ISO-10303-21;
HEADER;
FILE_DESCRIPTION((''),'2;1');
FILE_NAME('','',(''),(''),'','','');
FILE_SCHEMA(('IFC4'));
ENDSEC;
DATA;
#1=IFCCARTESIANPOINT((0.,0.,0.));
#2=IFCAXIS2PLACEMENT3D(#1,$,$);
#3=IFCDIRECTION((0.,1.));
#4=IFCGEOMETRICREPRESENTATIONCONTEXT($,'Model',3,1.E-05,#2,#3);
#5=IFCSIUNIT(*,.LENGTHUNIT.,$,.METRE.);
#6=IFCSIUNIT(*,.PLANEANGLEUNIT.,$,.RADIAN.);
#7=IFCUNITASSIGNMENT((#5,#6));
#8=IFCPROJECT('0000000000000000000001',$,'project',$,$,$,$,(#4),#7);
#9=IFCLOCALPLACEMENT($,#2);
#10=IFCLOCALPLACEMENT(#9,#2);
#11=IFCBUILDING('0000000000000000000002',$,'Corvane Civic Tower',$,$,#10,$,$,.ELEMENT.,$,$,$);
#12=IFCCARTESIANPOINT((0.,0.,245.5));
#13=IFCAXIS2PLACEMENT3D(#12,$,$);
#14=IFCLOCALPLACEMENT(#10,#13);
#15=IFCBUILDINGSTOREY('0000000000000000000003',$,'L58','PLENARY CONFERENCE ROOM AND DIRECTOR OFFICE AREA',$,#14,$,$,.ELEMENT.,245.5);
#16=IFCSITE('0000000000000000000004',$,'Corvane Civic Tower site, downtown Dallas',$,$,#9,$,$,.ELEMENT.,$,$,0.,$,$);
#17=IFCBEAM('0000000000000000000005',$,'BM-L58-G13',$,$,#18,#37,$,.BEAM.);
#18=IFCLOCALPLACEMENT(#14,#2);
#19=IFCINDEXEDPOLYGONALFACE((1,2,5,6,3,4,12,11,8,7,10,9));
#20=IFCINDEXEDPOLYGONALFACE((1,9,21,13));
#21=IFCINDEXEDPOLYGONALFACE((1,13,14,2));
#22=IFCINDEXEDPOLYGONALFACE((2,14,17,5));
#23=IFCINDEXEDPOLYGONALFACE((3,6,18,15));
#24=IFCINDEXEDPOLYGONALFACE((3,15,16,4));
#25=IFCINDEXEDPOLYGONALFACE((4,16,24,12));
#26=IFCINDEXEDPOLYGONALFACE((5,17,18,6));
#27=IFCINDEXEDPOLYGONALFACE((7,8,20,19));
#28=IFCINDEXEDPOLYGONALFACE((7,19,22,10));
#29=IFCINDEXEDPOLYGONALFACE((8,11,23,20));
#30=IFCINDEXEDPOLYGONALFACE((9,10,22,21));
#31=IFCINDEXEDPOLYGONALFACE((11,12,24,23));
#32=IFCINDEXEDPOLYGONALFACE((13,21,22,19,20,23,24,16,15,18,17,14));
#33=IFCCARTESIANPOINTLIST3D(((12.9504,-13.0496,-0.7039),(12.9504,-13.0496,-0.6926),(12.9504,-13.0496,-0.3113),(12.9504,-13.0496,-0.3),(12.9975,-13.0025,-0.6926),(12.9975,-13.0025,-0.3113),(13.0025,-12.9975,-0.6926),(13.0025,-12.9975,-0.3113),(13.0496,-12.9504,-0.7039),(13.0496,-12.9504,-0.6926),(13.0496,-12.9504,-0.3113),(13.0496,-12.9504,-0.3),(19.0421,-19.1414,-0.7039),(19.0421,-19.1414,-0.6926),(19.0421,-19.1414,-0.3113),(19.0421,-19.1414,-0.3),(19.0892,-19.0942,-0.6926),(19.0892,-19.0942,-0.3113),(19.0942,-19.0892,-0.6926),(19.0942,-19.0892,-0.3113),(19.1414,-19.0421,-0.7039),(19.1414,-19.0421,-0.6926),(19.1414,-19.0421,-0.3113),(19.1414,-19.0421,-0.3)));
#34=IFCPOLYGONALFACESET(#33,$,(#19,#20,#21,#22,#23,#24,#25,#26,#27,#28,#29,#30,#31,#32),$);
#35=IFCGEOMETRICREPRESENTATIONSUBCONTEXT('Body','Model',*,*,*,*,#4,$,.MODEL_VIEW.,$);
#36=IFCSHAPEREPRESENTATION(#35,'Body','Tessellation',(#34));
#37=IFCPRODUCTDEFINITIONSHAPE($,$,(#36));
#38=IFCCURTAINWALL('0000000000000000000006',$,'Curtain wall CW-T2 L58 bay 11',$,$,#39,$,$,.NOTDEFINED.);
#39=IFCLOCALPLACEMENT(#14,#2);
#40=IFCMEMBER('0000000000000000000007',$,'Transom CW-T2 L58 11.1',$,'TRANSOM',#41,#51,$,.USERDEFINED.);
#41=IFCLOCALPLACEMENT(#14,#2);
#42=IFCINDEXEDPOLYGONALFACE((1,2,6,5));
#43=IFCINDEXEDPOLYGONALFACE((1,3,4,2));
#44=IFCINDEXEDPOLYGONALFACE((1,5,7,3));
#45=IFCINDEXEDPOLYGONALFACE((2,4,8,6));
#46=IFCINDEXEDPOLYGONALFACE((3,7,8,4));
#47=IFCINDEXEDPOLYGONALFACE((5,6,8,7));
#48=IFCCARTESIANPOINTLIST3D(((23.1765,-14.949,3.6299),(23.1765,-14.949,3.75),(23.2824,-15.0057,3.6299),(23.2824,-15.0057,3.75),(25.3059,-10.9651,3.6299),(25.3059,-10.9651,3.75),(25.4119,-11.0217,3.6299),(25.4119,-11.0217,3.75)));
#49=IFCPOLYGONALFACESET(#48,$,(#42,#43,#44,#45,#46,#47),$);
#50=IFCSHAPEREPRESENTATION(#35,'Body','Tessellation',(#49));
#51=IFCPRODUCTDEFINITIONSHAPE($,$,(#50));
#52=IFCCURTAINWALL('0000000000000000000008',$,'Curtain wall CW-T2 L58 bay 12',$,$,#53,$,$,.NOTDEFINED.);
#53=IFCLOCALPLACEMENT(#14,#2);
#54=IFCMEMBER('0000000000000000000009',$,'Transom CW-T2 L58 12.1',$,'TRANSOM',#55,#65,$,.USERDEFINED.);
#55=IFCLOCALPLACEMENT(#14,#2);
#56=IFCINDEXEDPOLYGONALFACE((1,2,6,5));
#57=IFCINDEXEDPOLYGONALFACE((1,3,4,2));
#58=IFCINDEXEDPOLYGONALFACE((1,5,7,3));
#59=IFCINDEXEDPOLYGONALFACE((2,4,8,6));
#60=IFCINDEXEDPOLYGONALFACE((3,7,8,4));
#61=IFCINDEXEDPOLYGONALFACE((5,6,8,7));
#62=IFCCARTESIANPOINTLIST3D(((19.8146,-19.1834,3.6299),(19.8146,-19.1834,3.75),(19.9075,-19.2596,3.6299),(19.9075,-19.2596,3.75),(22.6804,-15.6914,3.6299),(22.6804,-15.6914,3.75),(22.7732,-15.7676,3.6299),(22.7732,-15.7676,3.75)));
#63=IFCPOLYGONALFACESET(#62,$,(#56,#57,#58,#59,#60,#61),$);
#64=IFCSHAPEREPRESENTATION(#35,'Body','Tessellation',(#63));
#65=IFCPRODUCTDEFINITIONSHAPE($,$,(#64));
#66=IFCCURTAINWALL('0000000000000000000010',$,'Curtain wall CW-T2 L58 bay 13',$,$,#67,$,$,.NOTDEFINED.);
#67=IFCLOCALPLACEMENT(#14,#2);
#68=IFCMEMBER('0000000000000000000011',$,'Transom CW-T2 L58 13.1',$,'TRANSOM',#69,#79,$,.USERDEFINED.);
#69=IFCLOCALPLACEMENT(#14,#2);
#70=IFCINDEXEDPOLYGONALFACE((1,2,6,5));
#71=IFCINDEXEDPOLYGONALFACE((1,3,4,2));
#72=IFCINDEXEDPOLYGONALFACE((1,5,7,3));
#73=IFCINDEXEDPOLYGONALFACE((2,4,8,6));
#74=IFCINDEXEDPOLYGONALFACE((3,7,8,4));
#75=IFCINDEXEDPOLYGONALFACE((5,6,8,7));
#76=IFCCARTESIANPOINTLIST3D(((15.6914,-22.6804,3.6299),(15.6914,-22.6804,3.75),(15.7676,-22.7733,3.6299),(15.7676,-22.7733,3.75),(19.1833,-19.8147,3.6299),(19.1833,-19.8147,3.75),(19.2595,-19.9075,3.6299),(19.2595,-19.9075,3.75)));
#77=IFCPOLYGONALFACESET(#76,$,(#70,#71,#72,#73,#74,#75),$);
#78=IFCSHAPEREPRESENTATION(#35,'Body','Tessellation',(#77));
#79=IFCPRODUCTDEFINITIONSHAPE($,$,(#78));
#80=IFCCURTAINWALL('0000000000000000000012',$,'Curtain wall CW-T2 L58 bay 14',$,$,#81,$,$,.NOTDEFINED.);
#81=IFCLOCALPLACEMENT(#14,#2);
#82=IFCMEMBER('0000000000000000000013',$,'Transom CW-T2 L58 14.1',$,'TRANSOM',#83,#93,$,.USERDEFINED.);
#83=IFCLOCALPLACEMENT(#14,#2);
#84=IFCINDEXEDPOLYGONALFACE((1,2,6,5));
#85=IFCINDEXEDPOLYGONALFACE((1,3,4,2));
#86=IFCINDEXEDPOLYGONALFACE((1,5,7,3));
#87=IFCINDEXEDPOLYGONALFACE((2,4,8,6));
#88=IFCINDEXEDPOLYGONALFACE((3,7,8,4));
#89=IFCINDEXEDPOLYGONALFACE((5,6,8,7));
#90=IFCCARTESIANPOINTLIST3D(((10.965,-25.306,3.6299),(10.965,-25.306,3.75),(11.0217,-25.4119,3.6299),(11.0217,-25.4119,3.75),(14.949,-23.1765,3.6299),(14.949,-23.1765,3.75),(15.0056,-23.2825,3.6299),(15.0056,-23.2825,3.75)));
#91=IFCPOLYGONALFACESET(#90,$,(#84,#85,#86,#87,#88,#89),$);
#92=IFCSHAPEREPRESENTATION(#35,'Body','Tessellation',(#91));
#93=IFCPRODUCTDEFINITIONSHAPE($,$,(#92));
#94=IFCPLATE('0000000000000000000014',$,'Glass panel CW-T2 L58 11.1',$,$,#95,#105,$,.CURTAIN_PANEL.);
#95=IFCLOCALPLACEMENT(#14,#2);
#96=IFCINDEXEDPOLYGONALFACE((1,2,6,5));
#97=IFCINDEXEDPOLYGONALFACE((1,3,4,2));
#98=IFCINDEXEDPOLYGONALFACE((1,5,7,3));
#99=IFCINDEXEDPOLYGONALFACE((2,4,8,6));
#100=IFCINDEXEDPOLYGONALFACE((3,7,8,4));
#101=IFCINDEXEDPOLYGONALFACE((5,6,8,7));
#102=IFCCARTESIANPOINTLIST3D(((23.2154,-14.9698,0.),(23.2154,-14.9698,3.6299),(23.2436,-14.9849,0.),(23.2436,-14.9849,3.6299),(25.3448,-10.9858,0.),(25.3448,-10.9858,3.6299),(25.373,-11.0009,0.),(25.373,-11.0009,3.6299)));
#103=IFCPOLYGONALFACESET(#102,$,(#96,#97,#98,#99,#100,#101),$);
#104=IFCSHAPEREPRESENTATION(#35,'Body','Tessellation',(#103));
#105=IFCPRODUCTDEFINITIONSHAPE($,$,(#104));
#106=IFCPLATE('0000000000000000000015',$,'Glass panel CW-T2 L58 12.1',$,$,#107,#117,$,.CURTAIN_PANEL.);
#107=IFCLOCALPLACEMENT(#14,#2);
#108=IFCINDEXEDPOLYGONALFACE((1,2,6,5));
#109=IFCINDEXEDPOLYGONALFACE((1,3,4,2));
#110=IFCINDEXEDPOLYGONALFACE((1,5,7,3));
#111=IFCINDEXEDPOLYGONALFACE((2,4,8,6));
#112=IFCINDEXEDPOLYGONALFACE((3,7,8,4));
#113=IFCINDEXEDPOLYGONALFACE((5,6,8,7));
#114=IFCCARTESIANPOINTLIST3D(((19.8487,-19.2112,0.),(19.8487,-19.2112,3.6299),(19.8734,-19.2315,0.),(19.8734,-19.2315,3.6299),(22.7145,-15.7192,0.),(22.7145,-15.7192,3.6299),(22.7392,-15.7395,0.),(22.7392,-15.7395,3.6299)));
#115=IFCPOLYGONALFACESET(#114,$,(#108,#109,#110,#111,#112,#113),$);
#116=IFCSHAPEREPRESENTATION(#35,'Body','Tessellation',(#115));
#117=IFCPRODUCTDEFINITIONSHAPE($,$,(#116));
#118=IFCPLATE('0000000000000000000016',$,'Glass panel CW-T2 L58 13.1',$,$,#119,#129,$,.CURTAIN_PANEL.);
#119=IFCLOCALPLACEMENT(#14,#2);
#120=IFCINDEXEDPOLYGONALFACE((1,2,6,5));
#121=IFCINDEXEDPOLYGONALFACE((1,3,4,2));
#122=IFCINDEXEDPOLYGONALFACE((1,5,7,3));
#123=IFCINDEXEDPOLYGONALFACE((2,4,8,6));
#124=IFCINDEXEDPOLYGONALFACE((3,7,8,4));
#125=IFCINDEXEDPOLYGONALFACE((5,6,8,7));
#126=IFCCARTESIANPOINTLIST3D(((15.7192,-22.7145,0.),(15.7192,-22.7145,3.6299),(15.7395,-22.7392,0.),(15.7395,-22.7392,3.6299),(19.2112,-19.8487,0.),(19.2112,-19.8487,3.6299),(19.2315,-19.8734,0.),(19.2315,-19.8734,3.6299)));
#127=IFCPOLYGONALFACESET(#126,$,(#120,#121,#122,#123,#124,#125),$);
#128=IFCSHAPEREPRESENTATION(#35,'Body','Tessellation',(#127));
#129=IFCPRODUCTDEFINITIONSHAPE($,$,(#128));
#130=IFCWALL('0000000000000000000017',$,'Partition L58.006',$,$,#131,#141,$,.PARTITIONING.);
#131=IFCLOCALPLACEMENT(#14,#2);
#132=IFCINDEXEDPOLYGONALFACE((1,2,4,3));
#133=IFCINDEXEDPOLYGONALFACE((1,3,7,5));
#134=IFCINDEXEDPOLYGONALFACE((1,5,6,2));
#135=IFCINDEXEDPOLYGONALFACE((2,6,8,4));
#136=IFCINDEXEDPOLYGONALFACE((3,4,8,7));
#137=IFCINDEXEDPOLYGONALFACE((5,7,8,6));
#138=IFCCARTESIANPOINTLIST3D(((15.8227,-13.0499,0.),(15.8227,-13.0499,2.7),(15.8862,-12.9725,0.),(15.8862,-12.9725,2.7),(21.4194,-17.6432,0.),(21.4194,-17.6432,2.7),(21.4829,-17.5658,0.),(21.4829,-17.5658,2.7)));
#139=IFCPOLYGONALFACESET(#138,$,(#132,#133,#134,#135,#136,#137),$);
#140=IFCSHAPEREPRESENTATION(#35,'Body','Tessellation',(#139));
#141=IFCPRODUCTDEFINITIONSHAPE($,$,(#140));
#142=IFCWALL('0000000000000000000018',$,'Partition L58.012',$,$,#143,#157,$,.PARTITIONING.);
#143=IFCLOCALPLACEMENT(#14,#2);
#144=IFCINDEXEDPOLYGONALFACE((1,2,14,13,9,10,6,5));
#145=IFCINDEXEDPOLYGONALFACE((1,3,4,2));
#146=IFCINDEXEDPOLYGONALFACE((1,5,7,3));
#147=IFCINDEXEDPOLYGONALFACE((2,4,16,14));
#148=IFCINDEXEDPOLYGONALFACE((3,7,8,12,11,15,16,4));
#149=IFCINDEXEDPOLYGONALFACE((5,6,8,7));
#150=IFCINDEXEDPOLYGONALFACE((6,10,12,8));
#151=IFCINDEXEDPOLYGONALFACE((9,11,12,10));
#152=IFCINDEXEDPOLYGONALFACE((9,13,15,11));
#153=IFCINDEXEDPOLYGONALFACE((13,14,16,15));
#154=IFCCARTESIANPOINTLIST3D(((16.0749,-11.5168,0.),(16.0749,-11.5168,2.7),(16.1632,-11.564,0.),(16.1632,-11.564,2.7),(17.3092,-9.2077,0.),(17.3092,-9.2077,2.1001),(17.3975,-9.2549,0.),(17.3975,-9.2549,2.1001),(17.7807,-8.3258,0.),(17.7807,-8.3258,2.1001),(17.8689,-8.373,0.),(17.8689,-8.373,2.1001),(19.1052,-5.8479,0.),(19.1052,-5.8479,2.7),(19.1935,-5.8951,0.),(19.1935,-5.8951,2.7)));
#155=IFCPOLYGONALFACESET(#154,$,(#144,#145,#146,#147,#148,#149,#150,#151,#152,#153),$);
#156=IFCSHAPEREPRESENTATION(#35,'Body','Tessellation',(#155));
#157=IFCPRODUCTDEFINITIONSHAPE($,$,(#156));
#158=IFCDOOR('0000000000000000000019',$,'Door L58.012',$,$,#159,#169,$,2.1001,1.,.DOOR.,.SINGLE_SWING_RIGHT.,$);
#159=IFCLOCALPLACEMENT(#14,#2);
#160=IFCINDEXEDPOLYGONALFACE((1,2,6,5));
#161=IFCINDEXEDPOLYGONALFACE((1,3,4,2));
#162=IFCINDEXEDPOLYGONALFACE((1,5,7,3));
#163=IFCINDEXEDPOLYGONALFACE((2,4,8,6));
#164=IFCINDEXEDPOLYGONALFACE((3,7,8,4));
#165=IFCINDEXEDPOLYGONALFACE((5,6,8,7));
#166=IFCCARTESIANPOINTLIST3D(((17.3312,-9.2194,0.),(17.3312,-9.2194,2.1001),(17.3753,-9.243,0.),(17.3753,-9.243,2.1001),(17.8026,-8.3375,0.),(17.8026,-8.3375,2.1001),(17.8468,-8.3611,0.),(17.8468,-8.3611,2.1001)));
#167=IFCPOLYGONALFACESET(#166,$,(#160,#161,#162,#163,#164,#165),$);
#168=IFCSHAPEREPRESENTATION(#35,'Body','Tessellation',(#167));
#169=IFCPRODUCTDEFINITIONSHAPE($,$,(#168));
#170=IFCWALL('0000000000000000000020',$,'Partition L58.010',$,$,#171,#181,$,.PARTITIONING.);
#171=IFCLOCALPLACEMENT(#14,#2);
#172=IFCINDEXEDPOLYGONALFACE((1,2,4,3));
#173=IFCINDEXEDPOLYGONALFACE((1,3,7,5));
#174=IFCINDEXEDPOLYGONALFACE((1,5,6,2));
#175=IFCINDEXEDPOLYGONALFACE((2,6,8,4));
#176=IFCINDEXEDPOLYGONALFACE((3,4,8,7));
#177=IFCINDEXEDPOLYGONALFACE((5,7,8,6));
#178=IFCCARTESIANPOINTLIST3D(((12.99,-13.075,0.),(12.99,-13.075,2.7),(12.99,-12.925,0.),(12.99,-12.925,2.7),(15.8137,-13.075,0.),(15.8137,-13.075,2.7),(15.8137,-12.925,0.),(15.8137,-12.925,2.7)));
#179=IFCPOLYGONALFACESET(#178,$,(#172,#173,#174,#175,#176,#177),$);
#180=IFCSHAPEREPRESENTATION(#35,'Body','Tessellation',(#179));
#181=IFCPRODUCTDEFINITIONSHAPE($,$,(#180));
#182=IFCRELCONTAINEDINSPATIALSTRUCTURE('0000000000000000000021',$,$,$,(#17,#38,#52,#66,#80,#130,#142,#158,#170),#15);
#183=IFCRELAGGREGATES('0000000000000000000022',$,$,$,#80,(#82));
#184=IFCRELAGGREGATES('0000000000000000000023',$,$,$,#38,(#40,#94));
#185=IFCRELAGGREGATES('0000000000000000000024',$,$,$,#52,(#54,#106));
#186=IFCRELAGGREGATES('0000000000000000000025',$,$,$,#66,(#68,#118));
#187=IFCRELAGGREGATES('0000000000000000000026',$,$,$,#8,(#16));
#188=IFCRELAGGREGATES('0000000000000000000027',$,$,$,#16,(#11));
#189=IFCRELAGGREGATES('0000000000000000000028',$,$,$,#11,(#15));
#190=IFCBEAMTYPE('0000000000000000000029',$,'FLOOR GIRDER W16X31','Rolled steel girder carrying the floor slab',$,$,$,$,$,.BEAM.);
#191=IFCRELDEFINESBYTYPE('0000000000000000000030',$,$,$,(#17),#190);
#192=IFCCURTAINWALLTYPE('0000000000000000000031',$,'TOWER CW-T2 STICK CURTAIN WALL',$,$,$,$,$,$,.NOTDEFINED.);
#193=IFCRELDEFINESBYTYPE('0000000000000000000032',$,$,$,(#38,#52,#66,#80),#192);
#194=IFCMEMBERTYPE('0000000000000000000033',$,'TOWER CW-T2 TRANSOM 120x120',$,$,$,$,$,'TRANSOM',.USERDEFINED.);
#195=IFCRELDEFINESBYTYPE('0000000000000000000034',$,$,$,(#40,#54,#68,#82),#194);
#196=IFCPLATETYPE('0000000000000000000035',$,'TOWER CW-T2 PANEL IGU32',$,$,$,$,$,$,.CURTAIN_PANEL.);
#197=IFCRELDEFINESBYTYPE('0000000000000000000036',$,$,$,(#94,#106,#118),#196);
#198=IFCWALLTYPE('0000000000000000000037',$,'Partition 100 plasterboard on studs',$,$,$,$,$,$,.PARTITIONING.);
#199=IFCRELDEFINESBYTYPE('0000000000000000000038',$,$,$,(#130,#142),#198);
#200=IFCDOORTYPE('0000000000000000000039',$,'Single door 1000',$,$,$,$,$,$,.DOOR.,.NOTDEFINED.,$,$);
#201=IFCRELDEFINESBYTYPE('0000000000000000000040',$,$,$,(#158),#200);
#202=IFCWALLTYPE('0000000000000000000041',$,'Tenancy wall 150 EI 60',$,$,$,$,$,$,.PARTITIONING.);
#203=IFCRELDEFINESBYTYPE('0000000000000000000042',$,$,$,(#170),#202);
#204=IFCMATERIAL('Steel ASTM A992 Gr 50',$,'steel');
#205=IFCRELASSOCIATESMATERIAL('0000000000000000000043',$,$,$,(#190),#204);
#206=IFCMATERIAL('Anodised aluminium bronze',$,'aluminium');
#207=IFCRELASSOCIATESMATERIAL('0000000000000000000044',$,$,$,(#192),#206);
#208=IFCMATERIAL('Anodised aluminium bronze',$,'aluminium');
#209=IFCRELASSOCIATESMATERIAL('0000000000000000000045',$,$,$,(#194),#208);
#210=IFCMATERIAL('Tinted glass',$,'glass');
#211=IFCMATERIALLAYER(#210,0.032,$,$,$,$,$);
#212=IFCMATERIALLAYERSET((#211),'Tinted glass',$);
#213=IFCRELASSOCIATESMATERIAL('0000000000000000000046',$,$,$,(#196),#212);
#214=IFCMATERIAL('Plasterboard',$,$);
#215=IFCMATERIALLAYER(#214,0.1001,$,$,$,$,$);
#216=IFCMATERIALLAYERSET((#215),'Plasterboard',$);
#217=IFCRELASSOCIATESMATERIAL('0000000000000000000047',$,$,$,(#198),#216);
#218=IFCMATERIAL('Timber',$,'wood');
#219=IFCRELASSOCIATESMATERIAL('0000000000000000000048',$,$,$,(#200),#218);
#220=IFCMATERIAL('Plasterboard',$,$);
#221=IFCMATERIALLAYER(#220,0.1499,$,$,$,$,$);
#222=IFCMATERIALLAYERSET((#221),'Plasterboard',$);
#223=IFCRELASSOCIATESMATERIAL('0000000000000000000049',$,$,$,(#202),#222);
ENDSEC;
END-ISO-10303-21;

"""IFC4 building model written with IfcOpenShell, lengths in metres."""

from ifc_helpers import new_model, si_unit, direction, frame, frame_2d, origin, origin_2d, place, context, subcontext, project, spatial, rectangle, i_section, extrude, material, layer, layer_set, material_profile, profile_set, type_object, element, fill, aggregate, save


model = new_model("IFC4")

# Units and contexts
model_context = context("Model", 3, precision=1e-05, world=origin(), true_north=direction((0.0, 1.0)))
body_context = subcontext(model_context, "Body", "Model", "MODEL_VIEW")
ifc_project = project(units=[si_unit("LENGTHUNIT", "METRE"), si_unit("PLANEANGLEUNIT", "RADIAN")], contexts=[model_context])

# Site, building, storey
site_placement = place(None, origin())
site = spatial("IfcSite", under=ifc_project, at=site_placement, Name="Corvane Civic Tower site, downtown Dallas", CompositionType="ELEMENT", RefElevation=0.0)
building_placement = place(site_placement, origin())
building = spatial("IfcBuilding", under=site, at=building_placement, Name="Corvane Civic Tower", CompositionType="ELEMENT")
storey_placement = place(building_placement, frame((0.0, 0.0, 245.5)))
storey = spatial("IfcBuildingStorey", under=building, at=storey_placement, Name="L58", Description="PLENARY CONFERENCE ROOM AND DIRECTOR OFFICE AREA", CompositionType="ELEMENT", Elevation=245.5)

# Beam
ifc_material_1 = material(Name="Steel ASTM A992 Gr 50", Category="steel")
ifc_material_profile_1 = material_profile(ifc_material_1, i_section(OverallWidth=0.1404, OverallDepth=0.4038, WebThickness=0.0071, FlangeThickness=0.0112, at=origin_2d()), Name="W16X31")
ifc_profile_set_1 = profile_set([ifc_material_profile_1], Name="Steel ASTM A992 Gr 50")
beam_type_1 = type_object("IfcBeamType", Name="FLOOR GIRDER W16X31", Description="Rolled steel girder carrying the floor slab", PredefinedType="BEAM", material=ifc_profile_set_1)
beam_placement = place(storey_placement, frame((13.0, -13.0, -0.502), z_axis=(0.707107, -0.707107, 0.0), x_axis=(0.707107, 0.707107, 0.0)))
element("IfcBeam", 1, at=beam_placement, inside=storey, type_object=beam_type_1, Name="BM-L58-G13", PredefinedType="BEAM", context=body_context, shape_type="SweptSolid", body=[
    extrude(i_section(OverallWidth=0.1404, OverallDepth=0.4038, WebThickness=0.0071, FlangeThickness=0.0112, at=origin_2d()), origin(), (0.0, 0.0, 1.0), 8.615),
])

# Curtain walls, members
ifc_material_2 = material(Name="Anodised aluminium bronze", Category="aluminium")
curtain_wall_type = type_object("IfcCurtainWallType", Name="TOWER CW-T2 STICK CURTAIN WALL", PredefinedType="NOTDEFINED", material=ifc_material_2)
curtain_wall_1_placement = place(storey_placement, origin())
curtain_wall_1 = element("IfcCurtainWall", 2, at=curtain_wall_1_placement, inside=storey, type_object=curtain_wall_type, Name="Curtain wall CW-T2 L58 bay 11", PredefinedType="NOTDEFINED")
ifc_material_3 = material(Name="Anodised aluminium bronze", Category="aluminium")
ifc_material_profile_2 = material_profile(ifc_material_3, rectangle(XDim=0.1201, YDim=0.1201, at=origin_2d()), Name="TOWER CW-T2 TRANSOM 120x120")
ifc_profile_set_2 = profile_set([ifc_material_profile_2], Name="Anodised aluminium bronze")
member_type = type_object("IfcMemberType", Name="TOWER CW-T2 TRANSOM 120x120", ElementType="TRANSOM", PredefinedType="USERDEFINED", material=ifc_profile_set_2)
member_1_placement = place(storey_placement, frame((25.3589, -10.9934, 3.6899), z_axis=(-0.47139, -0.881925, 0.0), x_axis=(0.881925, -0.47139, 0.0)))
member_1 = element("IfcMember", 3, at=member_1_placement, type_object=member_type, Name="Transom CW-T2 L58 11.1", ObjectType="TRANSOM", PredefinedType="USERDEFINED", context=body_context, shape_type="SweptSolid", body=[
    extrude(rectangle(XDim=0.1201, YDim=0.1201, at=origin_2d()), origin(), (0.0, 0.0, 1.0), 4.5173),
])
curtain_wall_2_placement = place(storey_placement, origin())
curtain_wall_2 = element("IfcCurtainWall", 4, at=curtain_wall_2_placement, inside=storey, type_object=curtain_wall_type, Name="Curtain wall CW-T2 L58 bay 12", PredefinedType="NOTDEFINED")
member_2_placement = place(storey_placement, frame((22.7268, -15.7295, 3.6899), z_axis=(-0.634388, -0.773015, 0.0), x_axis=(0.773015, -0.634388, 0.0)))
member_2 = element("IfcMember", 5, at=member_2_placement, type_object=member_type, Name="Transom CW-T2 L58 12.1", ObjectType="TRANSOM", PredefinedType="USERDEFINED", context=body_context, shape_type="SweptSolid", body=[
    extrude(rectangle(XDim=0.1201, YDim=0.1201, at=origin_2d()), origin(), (0.0, 0.0, 1.0), 4.5173),
])
curtain_wall_3_placement = place(storey_placement, origin())
curtain_wall_3 = element("IfcCurtainWall", 6, at=curtain_wall_3_placement, inside=storey, type_object=curtain_wall_type, Name="Curtain wall CW-T2 L58 bay 13", PredefinedType="NOTDEFINED")
member_3_placement = place(storey_placement, frame((19.2214, -19.8611, 3.6899), z_axis=(-0.773015, -0.634388, 0.0), x_axis=(0.634388, -0.773015, 0.0)))
member_3 = element("IfcMember", 7, at=member_3_placement, type_object=member_type, Name="Transom CW-T2 L58 13.1", ObjectType="TRANSOM", PredefinedType="USERDEFINED", context=body_context, shape_type="SweptSolid", body=[
    extrude(rectangle(XDim=0.1201, YDim=0.1201, at=origin_2d()), origin(), (0.0, 0.0, 1.0), 4.5173),
])
curtain_wall_4_placement = place(storey_placement, origin())
curtain_wall_4 = element("IfcCurtainWall", 8, at=curtain_wall_4_placement, inside=storey, type_object=curtain_wall_type, Name="Curtain wall CW-T2 L58 bay 14", PredefinedType="NOTDEFINED")
member_4_placement = place(storey_placement, frame((14.9773, -23.2295, 3.6899), z_axis=(-0.881925, -0.47139, 0.0), x_axis=(0.47139, -0.881925, 0.0)))
member_4 = element("IfcMember", 9, at=member_4_placement, type_object=member_type, Name="Transom CW-T2 L58 14.1", ObjectType="TRANSOM", PredefinedType="USERDEFINED", context=body_context, shape_type="SweptSolid", body=[
    extrude(rectangle(XDim=0.1201, YDim=0.1201, at=origin_2d()), origin(), (0.0, 0.0, 1.0), 4.5173),
])
aggregate(curtain_wall_4, [member_4])

# Plates
ifc_material_4 = material(Name="Tinted glass", Category="glass")
ifc_layer_1 = layer(ifc_material_4, 0.032)
ifc_layer_set_1 = layer_set([ifc_layer_1], Name="Tinted glass")
plate_type = type_object("IfcPlateType", Name="TOWER CW-T2 PANEL IGU32", PredefinedType="CURTAIN_PANEL", material=ifc_layer_set_1)
plate_1_placement = place(storey_placement, frame((24.2942, -12.9854, 0.0), z_axis=(0.0, 0.0, 1.0), x_axis=(-0.471398, -0.88192, 0.0)))
plate_1 = element("IfcPlate", 10, at=plate_1_placement, type_object=plate_type, Name="Glass panel CW-T2 L58 11.1", PredefinedType="CURTAIN_PANEL", context=body_context, shape_type="SweptSolid", body=[
    extrude(rectangle(XDim=4.5173, YDim=0.032, at=origin_2d()), origin(), (0.0, 0.0, 1.0), 3.6299),
])
aggregate(curtain_wall_1, [member_1, plate_1])
plate_2_placement = place(storey_placement, frame((21.2939, -17.4753, 0.0), z_axis=(0.0, 0.0, 1.0), x_axis=(-0.634391, -0.773012, 0.0)))
plate_2 = element("IfcPlate", 11, at=plate_2_placement, type_object=plate_type, Name="Glass panel CW-T2 L58 12.1", PredefinedType="CURTAIN_PANEL", context=body_context, shape_type="SweptSolid", body=[
    extrude(rectangle(XDim=4.5173, YDim=0.032, at=origin_2d()), origin(), (0.0, 0.0, 1.0), 3.6299),
])
aggregate(curtain_wall_2, [member_2, plate_2])
plate_3_placement = place(storey_placement, frame((17.4753, -21.2939, 0.0), z_axis=(0.0, 0.0, 1.0), x_axis=(-0.773012, -0.634391, 0.0)))
plate_3 = element("IfcPlate", 12, at=plate_3_placement, type_object=plate_type, Name="Glass panel CW-T2 L58 13.1", PredefinedType="CURTAIN_PANEL", context=body_context, shape_type="SweptSolid", body=[
    extrude(rectangle(XDim=4.5173, YDim=0.032, at=origin_2d()), origin(), (0.0, 0.0, 1.0), 3.6299),
])
aggregate(curtain_wall_3, [member_3, plate_3])

# Wall
ifc_material_5 = material(Name="Plasterboard")
ifc_layer_2 = layer(ifc_material_5, 0.1001)
ifc_layer_set_2 = layer_set([ifc_layer_2], Name="Plasterboard")
wall_type_1 = type_object("IfcWallType", Name="Partition 100 plasterboard on studs", PredefinedType="PARTITIONING", material=ifc_layer_set_2)
wall_1_placement = place(storey_placement, frame((15.8545, -13.0112, 0.0), z_axis=(0.0, 0.0, 1.0), x_axis=(0.772998, -0.634409, 0.0)))
element("IfcWall", 13, at=wall_1_placement, inside=storey, type_object=wall_type_1, Name="Partition L58.006", PredefinedType="PARTITIONING", context=body_context, shape_type="SweptSolid", body=[
    extrude(rectangle(XDim=7.2402, YDim=0.1001, at=frame_2d((3.6201, 0.0))), origin(), (0.0, 0.0, 1.0), 2.7),
])

# Wall, opening, door
wall_2_placement = place(storey_placement, frame((16.1191, -11.5403, 0.0), z_axis=(0.0, 0.0, 1.0), x_axis=(0.471416, 0.881911, 0.0)))
wall_2 = element("IfcWall", 14, at=wall_2_placement, inside=storey, type_object=wall_type_1, Name="Partition L58.012", PredefinedType="PARTITIONING", context=body_context, shape_type="SweptSolid", body=[
    extrude(rectangle(XDim=6.428, YDim=0.1001, at=frame_2d((3.2139, 0.0))), origin(), (0.0, 0.0, 1.0), 2.7),
])
opening_1_placement = place(wall_2_placement, frame((2.6182, 0.0, 0.0)))
opening_1 = element("IfcOpeningElement", 15, at=opening_1_placement, cuts=wall_2, PredefinedType="OPENING", context=body_context, shape_type="SweptSolid", body=[
    extrude(rectangle(XDim=1.0, YDim=2.1001, at=frame_2d((0.5, 1.05))), frame((0.0, 0.0601, 0.0), z_axis=(0.0, -1.0, 0.0), x_axis=(1.0, 0.0, 0.0)), (0.0, 0.0, 1.0), 0.1201),
])
ifc_material_6 = material(Name="Timber", Category="wood")
door_type_1 = type_object("IfcDoorType", Name="Single door 1000", OperationType="NOTDEFINED", PredefinedType="DOOR", material=ifc_material_6)
door_1_placement = place(opening_1_placement, frame((1.0, 0.0, 0.0), z_axis=(0.0, 0.0, 1.0), x_axis=(-1.0, 0.0, 0.0)))
door_1 = element("IfcDoor", 16, at=door_1_placement, inside=storey, type_object=door_type_1, Name="Door L58.012", OperationType="SINGLE_SWING_RIGHT", OverallHeight=2.1001, OverallWidth=1.0, PredefinedType="DOOR", context=body_context, shape_type="SweptSolid", body=[
    extrude(rectangle(XDim=1.0, YDim=2.1001, at=frame_2d((0.5, 1.05))), frame((0.0, 0.0249, 0.0), z_axis=(0.0, -1.0, 0.0), x_axis=(1.0, 0.0, 0.0)), (0.0, 0.0, 1.0), 0.05),
])
fill(opening_1, door_1)

# Wall
ifc_material_7 = material(Name="Plasterboard")
ifc_layer_3 = layer(ifc_material_7, 0.1499)
ifc_layer_set_3 = layer_set([ifc_layer_3], Name="Plasterboard")
wall_type_2 = type_object("IfcWallType", Name="Tenancy wall 150 EI 60", PredefinedType="PARTITIONING", material=ifc_layer_set_3)
wall_3_placement = place(storey_placement, frame((12.99, -13.0, 0.0), z_axis=(0.0, 0.0, 1.0), x_axis=(1.0, 0.0, 0.0)))
element("IfcWall", 17, at=wall_3_placement, inside=storey, type_object=wall_type_2, Name="Partition L58.010", PredefinedType="PARTITIONING", context=body_context, shape_type="SweptSolid", body=[
    extrude(rectangle(XDim=2.8237, YDim=0.1499, at=frame_2d((1.4119, 0.0))), origin(), (0.0, 0.0, 1.0), 2.7),
])

save(model, "model.ifc")
